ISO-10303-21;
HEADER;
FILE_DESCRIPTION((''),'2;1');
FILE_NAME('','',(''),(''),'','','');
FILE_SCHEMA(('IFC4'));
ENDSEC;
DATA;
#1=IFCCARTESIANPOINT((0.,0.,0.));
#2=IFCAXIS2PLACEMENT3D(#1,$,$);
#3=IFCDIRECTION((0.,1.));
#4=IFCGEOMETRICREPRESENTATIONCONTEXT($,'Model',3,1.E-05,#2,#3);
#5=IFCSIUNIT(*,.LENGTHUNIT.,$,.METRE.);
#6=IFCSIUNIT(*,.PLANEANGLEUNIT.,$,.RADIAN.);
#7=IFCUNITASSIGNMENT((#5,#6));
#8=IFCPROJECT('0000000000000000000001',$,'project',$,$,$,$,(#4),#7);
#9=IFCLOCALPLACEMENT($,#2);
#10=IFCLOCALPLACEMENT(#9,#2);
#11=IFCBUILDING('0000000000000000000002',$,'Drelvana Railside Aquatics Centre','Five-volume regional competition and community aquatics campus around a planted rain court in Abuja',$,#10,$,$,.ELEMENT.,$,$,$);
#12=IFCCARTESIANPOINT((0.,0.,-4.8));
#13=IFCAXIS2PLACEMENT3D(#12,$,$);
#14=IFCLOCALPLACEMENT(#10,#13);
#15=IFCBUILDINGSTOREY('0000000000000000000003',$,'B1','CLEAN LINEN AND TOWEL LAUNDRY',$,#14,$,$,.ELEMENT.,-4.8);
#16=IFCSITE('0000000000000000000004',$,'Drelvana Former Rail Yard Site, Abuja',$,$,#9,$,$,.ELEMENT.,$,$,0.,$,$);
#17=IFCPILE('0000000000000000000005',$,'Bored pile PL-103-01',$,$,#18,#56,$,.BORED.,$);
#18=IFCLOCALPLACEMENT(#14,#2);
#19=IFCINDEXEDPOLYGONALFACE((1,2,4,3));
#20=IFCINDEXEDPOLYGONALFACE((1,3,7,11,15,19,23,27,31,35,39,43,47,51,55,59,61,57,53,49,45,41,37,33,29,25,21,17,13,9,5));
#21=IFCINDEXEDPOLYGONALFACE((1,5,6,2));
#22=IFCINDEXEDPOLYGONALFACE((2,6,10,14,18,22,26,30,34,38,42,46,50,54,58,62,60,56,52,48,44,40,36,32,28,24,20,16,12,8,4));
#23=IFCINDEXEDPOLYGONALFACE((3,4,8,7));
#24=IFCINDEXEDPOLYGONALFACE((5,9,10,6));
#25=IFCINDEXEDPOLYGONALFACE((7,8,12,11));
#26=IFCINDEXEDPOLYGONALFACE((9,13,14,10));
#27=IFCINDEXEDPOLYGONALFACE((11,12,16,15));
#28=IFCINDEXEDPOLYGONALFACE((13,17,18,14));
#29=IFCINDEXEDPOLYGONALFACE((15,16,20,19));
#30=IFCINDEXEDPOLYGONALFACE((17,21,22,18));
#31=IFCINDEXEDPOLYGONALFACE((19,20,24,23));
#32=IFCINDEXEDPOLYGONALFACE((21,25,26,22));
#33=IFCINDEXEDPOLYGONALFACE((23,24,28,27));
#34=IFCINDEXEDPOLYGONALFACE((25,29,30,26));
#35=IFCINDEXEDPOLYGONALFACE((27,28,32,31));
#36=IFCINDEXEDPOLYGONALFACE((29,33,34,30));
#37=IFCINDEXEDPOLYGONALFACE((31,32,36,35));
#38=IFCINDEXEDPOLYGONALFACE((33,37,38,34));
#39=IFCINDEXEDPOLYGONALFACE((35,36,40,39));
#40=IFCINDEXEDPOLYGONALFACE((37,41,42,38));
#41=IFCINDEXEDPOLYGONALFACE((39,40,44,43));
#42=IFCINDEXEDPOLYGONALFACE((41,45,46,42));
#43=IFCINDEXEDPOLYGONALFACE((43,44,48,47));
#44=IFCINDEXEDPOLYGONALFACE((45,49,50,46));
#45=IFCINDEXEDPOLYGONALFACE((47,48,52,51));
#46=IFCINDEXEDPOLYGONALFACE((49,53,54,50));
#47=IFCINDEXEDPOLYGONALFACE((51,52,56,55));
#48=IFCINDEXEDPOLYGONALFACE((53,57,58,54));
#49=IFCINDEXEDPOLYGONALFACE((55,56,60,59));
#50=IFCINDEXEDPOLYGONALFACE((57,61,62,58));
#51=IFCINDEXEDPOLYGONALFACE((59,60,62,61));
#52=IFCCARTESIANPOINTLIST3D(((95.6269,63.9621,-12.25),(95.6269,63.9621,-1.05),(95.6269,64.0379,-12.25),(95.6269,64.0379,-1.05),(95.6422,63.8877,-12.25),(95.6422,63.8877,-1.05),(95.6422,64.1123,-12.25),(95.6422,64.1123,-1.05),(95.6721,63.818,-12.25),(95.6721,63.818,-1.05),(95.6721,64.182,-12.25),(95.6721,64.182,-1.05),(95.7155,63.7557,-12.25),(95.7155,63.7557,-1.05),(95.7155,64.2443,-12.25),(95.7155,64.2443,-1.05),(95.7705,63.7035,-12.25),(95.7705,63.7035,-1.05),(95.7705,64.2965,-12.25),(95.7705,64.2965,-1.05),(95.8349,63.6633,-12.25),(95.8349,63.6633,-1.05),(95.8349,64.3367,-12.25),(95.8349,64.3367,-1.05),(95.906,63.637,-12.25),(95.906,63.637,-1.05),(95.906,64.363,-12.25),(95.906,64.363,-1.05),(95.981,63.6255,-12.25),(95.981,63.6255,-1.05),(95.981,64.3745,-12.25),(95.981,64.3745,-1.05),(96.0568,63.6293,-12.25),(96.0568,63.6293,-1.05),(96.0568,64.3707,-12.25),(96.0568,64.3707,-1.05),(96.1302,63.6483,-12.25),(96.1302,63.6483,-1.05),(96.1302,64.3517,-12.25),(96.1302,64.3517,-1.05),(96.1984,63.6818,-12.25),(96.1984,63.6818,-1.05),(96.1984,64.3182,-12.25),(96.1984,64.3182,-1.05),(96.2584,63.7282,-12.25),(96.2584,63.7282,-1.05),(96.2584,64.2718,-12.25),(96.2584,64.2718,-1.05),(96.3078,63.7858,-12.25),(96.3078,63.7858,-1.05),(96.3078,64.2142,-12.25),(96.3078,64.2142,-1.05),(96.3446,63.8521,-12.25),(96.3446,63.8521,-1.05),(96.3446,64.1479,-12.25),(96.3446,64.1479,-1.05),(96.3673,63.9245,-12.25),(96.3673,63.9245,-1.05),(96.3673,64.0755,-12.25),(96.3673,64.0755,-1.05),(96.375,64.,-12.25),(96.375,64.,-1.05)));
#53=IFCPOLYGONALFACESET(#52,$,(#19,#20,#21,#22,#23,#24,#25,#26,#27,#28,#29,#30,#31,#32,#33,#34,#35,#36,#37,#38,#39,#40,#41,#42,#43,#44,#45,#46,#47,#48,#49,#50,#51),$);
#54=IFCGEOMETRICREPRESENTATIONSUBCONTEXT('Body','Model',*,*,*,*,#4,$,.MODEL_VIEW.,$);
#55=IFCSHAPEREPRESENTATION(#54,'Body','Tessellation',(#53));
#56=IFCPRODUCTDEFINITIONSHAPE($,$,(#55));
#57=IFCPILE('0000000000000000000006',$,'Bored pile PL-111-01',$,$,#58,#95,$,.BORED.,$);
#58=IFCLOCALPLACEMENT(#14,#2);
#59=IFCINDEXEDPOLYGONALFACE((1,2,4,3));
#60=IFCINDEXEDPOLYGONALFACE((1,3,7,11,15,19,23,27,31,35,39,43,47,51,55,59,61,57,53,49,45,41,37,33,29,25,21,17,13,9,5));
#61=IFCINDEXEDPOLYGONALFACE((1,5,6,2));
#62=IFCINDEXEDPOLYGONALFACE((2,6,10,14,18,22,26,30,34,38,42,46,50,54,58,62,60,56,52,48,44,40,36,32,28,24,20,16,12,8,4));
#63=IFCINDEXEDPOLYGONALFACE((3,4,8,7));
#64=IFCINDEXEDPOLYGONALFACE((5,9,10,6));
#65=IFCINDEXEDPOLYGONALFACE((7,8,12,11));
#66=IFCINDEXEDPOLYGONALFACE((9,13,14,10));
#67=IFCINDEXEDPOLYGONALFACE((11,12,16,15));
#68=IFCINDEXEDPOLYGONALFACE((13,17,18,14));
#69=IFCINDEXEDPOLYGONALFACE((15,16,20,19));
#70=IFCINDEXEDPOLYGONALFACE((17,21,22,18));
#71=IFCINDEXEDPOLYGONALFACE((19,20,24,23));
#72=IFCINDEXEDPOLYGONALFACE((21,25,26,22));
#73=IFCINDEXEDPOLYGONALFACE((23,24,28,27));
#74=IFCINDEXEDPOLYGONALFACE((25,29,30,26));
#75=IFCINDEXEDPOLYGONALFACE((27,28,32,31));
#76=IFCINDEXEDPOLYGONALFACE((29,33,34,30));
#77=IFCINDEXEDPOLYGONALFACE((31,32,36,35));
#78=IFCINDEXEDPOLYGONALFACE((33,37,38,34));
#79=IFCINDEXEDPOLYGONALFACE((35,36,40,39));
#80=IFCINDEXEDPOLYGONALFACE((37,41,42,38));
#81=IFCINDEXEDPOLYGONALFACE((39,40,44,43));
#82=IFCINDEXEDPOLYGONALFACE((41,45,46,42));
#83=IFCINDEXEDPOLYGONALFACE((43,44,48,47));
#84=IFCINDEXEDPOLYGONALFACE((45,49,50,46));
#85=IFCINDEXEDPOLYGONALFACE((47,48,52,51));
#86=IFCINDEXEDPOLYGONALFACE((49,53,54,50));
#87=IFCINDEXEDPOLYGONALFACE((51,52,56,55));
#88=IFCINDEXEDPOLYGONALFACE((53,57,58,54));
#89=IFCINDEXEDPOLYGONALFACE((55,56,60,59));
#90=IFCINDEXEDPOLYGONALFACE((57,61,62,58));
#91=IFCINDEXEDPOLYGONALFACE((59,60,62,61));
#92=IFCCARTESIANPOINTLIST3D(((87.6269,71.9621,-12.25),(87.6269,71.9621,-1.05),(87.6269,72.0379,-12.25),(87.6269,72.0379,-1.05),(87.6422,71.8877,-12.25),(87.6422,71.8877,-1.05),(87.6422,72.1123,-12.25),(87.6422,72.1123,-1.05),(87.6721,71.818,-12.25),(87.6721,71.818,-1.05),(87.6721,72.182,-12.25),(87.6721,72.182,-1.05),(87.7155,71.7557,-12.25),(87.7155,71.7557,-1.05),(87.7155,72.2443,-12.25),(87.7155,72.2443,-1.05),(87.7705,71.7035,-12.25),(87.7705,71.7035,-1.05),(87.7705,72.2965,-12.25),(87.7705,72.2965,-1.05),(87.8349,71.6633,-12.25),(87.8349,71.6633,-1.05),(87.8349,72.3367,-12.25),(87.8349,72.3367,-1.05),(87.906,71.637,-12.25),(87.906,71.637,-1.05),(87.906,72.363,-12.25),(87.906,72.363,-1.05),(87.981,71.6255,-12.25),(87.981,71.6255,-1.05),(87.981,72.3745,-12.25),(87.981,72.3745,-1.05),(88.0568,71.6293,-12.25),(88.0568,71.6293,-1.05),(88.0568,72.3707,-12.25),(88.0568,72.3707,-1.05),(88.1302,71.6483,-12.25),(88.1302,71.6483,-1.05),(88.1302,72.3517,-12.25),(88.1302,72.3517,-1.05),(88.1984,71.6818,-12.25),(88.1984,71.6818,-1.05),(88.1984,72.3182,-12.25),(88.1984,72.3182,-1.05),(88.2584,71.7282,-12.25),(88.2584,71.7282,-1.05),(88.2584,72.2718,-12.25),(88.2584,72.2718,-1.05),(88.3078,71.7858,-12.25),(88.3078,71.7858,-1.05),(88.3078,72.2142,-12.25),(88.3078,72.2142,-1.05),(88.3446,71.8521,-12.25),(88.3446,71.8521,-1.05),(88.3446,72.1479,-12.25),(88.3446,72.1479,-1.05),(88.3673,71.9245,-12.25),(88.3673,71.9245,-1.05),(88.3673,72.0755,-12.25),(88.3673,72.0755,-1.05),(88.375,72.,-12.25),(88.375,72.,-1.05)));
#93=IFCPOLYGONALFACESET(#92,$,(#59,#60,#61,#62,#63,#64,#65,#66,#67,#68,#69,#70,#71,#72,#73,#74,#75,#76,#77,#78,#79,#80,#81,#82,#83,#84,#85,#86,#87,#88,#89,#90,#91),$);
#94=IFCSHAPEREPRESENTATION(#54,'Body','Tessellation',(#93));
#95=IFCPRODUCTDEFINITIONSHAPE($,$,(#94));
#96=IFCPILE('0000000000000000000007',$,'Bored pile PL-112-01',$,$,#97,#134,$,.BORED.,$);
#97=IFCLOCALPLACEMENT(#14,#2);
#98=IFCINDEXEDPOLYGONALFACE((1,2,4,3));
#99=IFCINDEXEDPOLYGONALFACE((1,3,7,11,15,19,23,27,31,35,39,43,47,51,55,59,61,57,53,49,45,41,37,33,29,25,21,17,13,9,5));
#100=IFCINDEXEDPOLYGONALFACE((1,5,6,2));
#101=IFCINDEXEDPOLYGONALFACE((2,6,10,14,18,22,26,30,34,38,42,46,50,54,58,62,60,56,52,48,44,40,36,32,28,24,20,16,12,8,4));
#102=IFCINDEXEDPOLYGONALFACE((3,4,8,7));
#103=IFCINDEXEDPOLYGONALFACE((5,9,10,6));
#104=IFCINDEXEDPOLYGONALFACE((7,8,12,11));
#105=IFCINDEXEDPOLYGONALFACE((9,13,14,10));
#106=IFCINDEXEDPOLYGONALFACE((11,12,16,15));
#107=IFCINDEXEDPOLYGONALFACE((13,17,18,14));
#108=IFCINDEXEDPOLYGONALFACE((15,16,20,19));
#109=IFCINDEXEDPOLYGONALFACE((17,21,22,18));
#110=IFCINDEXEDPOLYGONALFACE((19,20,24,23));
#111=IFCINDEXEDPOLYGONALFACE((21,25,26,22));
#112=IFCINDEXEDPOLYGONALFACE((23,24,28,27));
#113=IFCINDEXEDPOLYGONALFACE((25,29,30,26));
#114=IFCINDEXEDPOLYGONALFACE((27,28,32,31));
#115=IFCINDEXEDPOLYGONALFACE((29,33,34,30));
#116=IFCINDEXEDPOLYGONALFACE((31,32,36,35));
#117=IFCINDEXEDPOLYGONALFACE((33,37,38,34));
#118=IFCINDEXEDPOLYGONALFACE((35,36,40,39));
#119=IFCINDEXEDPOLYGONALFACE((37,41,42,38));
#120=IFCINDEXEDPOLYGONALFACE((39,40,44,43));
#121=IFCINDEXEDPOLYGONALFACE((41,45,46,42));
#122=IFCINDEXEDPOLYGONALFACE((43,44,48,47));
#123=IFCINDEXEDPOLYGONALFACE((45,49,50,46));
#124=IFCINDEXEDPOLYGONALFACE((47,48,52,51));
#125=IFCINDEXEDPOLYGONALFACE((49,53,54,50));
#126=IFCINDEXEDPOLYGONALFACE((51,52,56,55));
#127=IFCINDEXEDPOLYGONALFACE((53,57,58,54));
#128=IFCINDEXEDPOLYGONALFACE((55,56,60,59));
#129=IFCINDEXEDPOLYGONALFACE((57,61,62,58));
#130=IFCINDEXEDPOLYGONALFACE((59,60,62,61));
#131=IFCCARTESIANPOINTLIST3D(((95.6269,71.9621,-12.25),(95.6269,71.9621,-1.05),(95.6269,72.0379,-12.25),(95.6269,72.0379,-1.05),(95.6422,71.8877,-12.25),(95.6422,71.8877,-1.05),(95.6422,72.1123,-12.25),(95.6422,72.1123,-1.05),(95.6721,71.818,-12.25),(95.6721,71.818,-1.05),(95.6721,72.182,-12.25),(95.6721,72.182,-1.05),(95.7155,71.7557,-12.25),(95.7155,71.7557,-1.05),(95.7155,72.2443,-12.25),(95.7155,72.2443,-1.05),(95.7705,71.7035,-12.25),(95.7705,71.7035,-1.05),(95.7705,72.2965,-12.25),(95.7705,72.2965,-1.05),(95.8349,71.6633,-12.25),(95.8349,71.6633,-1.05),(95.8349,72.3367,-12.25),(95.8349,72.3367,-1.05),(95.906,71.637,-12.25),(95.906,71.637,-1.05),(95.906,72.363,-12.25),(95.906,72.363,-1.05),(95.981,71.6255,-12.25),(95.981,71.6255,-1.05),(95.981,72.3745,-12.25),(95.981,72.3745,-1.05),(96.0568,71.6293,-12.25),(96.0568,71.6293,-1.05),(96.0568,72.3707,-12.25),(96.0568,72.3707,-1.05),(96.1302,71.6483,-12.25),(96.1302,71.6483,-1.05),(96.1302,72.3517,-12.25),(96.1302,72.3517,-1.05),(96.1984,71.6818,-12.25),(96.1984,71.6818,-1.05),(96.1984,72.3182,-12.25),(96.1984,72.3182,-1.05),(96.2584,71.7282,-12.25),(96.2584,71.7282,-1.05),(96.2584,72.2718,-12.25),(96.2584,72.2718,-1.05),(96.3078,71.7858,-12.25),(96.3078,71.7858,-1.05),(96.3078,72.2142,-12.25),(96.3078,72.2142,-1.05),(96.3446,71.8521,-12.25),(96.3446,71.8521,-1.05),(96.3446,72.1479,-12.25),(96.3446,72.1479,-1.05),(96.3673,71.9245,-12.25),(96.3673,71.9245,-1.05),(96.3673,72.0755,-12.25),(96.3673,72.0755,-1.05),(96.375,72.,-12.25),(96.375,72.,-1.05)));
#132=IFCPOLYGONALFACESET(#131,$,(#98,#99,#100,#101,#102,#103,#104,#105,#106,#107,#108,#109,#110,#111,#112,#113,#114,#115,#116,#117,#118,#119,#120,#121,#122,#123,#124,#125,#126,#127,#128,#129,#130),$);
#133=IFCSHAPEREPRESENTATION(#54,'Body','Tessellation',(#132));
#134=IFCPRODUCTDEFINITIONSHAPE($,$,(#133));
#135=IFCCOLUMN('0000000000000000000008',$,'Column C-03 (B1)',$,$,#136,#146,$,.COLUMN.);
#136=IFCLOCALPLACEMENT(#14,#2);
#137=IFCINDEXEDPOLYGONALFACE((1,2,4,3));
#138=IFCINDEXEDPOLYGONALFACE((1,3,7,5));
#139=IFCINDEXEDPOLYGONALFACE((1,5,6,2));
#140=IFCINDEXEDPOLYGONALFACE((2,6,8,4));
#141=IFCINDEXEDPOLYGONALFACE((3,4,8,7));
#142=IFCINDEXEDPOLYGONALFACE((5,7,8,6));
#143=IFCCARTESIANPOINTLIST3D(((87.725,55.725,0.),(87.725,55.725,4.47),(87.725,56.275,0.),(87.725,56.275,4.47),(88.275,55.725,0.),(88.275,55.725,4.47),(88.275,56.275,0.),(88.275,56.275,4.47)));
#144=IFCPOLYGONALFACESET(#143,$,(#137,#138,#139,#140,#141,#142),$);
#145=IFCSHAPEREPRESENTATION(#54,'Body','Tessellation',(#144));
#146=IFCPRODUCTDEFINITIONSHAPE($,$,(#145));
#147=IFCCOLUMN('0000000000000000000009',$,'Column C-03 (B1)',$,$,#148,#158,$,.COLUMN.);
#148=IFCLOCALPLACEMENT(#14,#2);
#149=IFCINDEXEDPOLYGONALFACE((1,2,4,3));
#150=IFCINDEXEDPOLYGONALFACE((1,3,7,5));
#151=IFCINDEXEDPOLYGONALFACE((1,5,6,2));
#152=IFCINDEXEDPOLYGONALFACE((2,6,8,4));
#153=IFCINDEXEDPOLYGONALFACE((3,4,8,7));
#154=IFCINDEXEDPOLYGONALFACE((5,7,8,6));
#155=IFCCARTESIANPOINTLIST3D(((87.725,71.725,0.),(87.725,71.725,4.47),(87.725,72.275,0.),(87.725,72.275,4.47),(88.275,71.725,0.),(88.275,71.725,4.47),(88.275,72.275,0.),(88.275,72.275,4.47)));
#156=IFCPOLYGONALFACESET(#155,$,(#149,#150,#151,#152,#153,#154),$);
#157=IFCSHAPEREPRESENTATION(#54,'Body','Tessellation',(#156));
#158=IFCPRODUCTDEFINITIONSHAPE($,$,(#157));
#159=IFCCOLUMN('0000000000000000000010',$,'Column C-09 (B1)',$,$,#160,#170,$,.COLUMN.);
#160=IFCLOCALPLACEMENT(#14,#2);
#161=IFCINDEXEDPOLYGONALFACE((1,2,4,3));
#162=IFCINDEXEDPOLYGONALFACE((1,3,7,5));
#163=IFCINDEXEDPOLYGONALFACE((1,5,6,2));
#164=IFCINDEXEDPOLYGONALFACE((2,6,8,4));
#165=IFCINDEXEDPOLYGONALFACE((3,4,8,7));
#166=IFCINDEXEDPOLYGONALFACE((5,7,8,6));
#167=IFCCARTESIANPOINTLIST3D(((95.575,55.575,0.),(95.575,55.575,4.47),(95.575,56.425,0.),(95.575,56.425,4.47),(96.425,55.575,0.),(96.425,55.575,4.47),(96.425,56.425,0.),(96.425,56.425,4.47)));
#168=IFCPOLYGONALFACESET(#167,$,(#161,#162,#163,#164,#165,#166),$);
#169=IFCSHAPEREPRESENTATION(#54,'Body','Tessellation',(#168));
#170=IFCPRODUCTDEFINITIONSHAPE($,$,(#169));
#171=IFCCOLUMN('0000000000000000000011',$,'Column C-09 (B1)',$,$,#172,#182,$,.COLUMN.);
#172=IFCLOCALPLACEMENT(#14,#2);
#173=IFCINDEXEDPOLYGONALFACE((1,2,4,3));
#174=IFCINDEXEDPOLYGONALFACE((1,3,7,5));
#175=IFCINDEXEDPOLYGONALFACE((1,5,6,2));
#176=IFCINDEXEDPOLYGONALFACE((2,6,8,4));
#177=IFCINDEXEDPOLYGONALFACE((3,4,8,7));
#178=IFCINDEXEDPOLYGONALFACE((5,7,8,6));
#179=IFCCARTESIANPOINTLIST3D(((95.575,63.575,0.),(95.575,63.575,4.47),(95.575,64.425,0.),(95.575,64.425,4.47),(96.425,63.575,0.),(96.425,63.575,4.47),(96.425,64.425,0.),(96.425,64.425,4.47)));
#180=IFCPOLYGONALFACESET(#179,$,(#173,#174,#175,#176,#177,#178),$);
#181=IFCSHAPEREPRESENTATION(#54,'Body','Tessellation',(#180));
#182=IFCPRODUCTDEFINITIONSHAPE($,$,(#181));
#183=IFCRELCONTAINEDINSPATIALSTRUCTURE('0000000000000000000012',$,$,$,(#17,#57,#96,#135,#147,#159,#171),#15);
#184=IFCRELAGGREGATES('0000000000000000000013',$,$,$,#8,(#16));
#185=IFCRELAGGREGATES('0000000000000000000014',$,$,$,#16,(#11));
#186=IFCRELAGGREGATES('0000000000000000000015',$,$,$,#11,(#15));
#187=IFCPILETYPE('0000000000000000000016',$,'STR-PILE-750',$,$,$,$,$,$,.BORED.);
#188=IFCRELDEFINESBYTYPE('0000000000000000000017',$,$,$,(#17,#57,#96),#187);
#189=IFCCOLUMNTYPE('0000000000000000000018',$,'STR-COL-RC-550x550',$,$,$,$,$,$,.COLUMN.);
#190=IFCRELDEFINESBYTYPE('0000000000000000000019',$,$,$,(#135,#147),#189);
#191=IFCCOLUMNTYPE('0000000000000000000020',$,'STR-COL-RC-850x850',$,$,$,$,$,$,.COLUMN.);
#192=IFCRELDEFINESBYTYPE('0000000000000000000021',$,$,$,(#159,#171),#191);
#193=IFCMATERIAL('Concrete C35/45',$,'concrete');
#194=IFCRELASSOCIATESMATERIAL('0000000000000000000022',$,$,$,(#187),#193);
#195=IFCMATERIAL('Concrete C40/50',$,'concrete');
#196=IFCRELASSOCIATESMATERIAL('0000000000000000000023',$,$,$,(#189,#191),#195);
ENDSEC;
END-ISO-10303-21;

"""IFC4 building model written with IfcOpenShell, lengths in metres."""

from ifc_helpers import new_model, si_unit, direction, frame, origin, origin_2d, place, context, subcontext, project, spatial, rectangle, circle, extrude, material, material_profile, profile_set, type_object, element, save


model = new_model("IFC4")

# Units and contexts
model_context = context("Model", 3, precision=1e-05, world=origin(), true_north=direction((0.0, 1.0)))
body_context = subcontext(model_context, "Body", "Model", "MODEL_VIEW")
ifc_project = project(units=[si_unit("LENGTHUNIT", "METRE"), si_unit("PLANEANGLEUNIT", "RADIAN")], contexts=[model_context])

# Site, building, storey
site_placement = place(None, origin())
site = spatial("IfcSite", under=ifc_project, at=site_placement, Name="Drelvana Former Rail Yard Site, Abuja", CompositionType="ELEMENT", RefElevation=0.0)
building_placement = place(site_placement, origin())
building = spatial("IfcBuilding", under=site, at=building_placement, Name="Drelvana Railside Aquatics Centre", Description="Five-volume regional competition and community aquatics campus around a planted rain court in Abuja", CompositionType="ELEMENT")
storey_placement = place(building_placement, frame((0.0, 0.0, -4.8)))
storey = spatial("IfcBuildingStorey", under=building, at=storey_placement, Name="B1", Description="CLEAN LINEN AND TOWEL LAUNDRY", CompositionType="ELEMENT", Elevation=-4.8)

# Shared definitions
ifc_material_1 = material(Name="Concrete C35/45", Category="concrete")

# Piles
ifc_material_profile_1 = material_profile(ifc_material_1, circle(Radius=0.375, at=origin_2d()), Name="PILE D750")
ifc_profile_set_1 = profile_set([ifc_material_profile_1], Name="Concrete C35/45")
pile_type = type_object("IfcPileType", Name="STR-PILE-750", PredefinedType="BORED", material=ifc_profile_set_1)
for number, where, z_axis, x_axis, name in (
    (1, (96.0, 64.0, -1.05), (0.0, 0.0, -1.0), (1.0, 0.0, 0.0), "Bored pile PL-103-01"),
    (2, (88.0, 72.0, -1.05), (0.0, 0.0, -1.0), (1.0, 0.0, 0.0), "Bored pile PL-111-01"),
    (3, (96.0, 72.0, -1.05), (0.0, 0.0, -1.0), (1.0, 0.0, 0.0), "Bored pile PL-112-01"),
):
    element("IfcPile", number, at=place(storey_placement, frame(where, z_axis=z_axis, x_axis=x_axis)), inside=storey, type_object=pile_type, Name=name, PredefinedType="BORED", context=body_context, shape_type="SweptSolid", body=[
        extrude(circle(Radius=0.375, at=origin_2d()), origin(), (0.0, 0.0, 1.0), 11.2),
    ])

# Columns
ifc_material_2 = material(Name="Concrete C40/50", Category="concrete")
ifc_material_profile_2 = material_profile(ifc_material_2, rectangle(XDim=0.55, YDim=0.55, at=origin_2d()), Name="RC 550x550")
ifc_profile_set_2 = profile_set([ifc_material_profile_2], Name="Concrete C40/50")
column_type_1 = type_object("IfcColumnType", Name="STR-COL-RC-550x550", PredefinedType="COLUMN", material=ifc_profile_set_2)
for number, where, z_axis, x_axis, name in (
    (4, (88.0, 56.0, 0.0), (0.0, 0.0, 1.0), (1.0, 0.0, 0.0), "Column C-03 (B1)"),
    (5, (88.0, 72.0, 0.0), (0.0, 0.0, 1.0), (1.0, 0.0, 0.0), "Column C-03 (B1)"),
):
    element("IfcColumn", number, at=place(storey_placement, frame(where, z_axis=z_axis, x_axis=x_axis)), inside=storey, type_object=column_type_1, Name=name, PredefinedType="COLUMN", context=body_context, shape_type="SweptSolid", body=[
        extrude(rectangle(XDim=0.55, YDim=0.55, at=origin_2d()), origin(), (0.0, 0.0, 1.0), 4.47),
    ])
ifc_material_profile_3 = material_profile(ifc_material_2, rectangle(XDim=0.8501, YDim=0.8501, at=origin_2d()), Name="RC 850x850")
ifc_profile_set_3 = profile_set([ifc_material_profile_3], Name="Concrete C40/50")
column_type_2 = type_object("IfcColumnType", Name="STR-COL-RC-850x850", PredefinedType="COLUMN", material=ifc_profile_set_3)
for number, where, z_axis, x_axis, name in (
    (6, (96.0, 56.0, 0.0), (0.0, 0.0, 1.0), (1.0, 0.0, 0.0), "Column C-09 (B1)"),
    (7, (96.0, 64.0, 0.0), (0.0, 0.0, 1.0), (1.0, 0.0, 0.0), "Column C-09 (B1)"),
):
    element("IfcColumn", number, at=place(storey_placement, frame(where, z_axis=z_axis, x_axis=x_axis)), inside=storey, type_object=column_type_2, Name=name, PredefinedType="COLUMN", context=body_context, shape_type="SweptSolid", body=[
        extrude(rectangle(XDim=0.8501, YDim=0.8501, at=origin_2d()), origin(), (0.0, 0.0, 1.0), 4.47),
    ])

save(model, "model.ifc")
